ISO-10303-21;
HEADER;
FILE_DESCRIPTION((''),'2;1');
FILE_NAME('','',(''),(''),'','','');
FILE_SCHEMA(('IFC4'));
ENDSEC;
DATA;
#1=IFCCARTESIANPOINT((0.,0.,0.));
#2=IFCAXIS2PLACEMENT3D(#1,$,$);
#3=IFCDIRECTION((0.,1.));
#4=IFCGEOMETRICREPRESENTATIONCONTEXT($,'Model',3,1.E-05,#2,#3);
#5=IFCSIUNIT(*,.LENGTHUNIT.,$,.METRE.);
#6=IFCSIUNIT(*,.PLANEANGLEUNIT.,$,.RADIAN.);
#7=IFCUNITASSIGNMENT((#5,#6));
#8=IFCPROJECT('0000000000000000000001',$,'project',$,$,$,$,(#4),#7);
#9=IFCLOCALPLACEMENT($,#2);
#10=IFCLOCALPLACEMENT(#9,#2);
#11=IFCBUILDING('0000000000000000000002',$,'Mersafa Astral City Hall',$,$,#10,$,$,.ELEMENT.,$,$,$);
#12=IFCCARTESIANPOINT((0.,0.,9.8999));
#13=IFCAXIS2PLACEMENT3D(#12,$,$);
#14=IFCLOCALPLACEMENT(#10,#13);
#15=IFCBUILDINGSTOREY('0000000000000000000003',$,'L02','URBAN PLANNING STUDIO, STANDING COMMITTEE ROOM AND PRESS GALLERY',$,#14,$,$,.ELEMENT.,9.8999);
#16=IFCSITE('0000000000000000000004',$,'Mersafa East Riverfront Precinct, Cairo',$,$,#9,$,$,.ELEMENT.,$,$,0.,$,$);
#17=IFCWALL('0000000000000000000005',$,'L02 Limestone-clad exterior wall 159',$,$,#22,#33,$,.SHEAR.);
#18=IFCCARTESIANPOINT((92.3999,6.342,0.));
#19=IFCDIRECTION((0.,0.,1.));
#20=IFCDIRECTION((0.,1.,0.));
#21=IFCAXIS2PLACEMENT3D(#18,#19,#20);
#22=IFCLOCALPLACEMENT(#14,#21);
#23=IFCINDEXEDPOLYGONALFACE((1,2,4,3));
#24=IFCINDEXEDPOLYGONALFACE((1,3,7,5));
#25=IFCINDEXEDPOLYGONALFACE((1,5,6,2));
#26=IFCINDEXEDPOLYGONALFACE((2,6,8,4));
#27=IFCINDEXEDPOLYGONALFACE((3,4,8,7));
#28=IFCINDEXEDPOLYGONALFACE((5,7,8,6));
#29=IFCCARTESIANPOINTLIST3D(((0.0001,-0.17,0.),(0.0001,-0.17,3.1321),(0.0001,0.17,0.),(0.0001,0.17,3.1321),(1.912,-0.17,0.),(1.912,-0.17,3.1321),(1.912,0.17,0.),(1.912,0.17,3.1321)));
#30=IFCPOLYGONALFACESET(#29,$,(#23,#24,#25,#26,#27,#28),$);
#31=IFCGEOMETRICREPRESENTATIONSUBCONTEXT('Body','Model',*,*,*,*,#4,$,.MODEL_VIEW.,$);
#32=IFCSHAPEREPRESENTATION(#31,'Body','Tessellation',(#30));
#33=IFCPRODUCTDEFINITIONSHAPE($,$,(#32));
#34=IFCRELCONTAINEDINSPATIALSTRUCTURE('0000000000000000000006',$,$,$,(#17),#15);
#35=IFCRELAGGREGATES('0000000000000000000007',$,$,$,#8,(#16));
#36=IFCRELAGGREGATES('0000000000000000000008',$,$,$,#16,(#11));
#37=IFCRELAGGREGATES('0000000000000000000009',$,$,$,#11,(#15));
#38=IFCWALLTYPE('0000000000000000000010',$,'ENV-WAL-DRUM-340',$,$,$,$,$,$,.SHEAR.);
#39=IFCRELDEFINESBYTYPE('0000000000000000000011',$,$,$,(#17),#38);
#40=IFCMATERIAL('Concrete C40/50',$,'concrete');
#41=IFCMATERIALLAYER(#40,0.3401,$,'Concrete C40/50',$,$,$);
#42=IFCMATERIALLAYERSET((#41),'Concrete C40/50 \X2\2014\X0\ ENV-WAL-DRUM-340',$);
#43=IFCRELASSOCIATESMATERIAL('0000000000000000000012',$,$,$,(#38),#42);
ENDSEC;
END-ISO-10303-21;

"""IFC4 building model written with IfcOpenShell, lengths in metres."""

from ifc_helpers import new_model, si_unit, direction, frame, frame_2d, origin, place, context, subcontext, project, spatial, rectangle, extrude, material, layer, layer_set, type_object, element, save


model = new_model("IFC4")

# Units and contexts
model_context = context("Model", 3, precision=1e-05, world=origin(), true_north=direction((0.0, 1.0)))
body_context = subcontext(model_context, "Body", "Model", "MODEL_VIEW")
ifc_project = project(units=[si_unit("LENGTHUNIT", "METRE"), si_unit("PLANEANGLEUNIT", "RADIAN")], contexts=[model_context])

# Site, building, storey
site_placement = place(None, origin())
site = spatial("IfcSite", under=ifc_project, at=site_placement, Name="Mersafa East Riverfront Precinct, Cairo", CompositionType="ELEMENT", RefElevation=0.0)
building_placement = place(site_placement, origin())
building = spatial("IfcBuilding", under=site, at=building_placement, Name="Mersafa Astral City Hall", CompositionType="ELEMENT")
storey_placement = place(building_placement, frame((0.0, 0.0, 9.8999)))
storey = spatial("IfcBuildingStorey", under=building, at=storey_placement, Name="L02", Description="URBAN PLANNING STUDIO, STANDING COMMITTEE ROOM AND PRESS GALLERY", CompositionType="ELEMENT", Elevation=9.8999)

# Shared definitions
ifc_material_1 = material(Name="Concrete C40/50", Category="concrete")

# Wall
ifc_layer_1 = layer(ifc_material_1, 0.3401, Name="Concrete C40/50")
ifc_layer_set_1 = layer_set([ifc_layer_1], Name="Concrete C40/50 — ENV-WAL-DRUM-340")
wall_type_1 = type_object("IfcWallType", Name="ENV-WAL-DRUM-340", PredefinedType="SHEAR", material=ifc_layer_set_1)
wall_1_placement = place(storey_placement, frame((92.3999, 6.342, 0.0), z_axis=(0.0, 0.0, 1.0), x_axis=(0.0, 1.0, 0.0)))
element("IfcWall", 1, at=wall_1_placement, inside=storey, type_object=wall_type_1, Name="L02 Limestone-clad exterior wall 159", PredefinedType="SHEAR", context=body_context, shape_type="SweptSolid", body=[
    extrude(rectangle(XDim=1.9119, YDim=0.3401, at=frame_2d((0.9561, 0.0))), origin(), (0.0, 0.0, 1.0), 3.1321),
])

save(model, "model.ifc")
